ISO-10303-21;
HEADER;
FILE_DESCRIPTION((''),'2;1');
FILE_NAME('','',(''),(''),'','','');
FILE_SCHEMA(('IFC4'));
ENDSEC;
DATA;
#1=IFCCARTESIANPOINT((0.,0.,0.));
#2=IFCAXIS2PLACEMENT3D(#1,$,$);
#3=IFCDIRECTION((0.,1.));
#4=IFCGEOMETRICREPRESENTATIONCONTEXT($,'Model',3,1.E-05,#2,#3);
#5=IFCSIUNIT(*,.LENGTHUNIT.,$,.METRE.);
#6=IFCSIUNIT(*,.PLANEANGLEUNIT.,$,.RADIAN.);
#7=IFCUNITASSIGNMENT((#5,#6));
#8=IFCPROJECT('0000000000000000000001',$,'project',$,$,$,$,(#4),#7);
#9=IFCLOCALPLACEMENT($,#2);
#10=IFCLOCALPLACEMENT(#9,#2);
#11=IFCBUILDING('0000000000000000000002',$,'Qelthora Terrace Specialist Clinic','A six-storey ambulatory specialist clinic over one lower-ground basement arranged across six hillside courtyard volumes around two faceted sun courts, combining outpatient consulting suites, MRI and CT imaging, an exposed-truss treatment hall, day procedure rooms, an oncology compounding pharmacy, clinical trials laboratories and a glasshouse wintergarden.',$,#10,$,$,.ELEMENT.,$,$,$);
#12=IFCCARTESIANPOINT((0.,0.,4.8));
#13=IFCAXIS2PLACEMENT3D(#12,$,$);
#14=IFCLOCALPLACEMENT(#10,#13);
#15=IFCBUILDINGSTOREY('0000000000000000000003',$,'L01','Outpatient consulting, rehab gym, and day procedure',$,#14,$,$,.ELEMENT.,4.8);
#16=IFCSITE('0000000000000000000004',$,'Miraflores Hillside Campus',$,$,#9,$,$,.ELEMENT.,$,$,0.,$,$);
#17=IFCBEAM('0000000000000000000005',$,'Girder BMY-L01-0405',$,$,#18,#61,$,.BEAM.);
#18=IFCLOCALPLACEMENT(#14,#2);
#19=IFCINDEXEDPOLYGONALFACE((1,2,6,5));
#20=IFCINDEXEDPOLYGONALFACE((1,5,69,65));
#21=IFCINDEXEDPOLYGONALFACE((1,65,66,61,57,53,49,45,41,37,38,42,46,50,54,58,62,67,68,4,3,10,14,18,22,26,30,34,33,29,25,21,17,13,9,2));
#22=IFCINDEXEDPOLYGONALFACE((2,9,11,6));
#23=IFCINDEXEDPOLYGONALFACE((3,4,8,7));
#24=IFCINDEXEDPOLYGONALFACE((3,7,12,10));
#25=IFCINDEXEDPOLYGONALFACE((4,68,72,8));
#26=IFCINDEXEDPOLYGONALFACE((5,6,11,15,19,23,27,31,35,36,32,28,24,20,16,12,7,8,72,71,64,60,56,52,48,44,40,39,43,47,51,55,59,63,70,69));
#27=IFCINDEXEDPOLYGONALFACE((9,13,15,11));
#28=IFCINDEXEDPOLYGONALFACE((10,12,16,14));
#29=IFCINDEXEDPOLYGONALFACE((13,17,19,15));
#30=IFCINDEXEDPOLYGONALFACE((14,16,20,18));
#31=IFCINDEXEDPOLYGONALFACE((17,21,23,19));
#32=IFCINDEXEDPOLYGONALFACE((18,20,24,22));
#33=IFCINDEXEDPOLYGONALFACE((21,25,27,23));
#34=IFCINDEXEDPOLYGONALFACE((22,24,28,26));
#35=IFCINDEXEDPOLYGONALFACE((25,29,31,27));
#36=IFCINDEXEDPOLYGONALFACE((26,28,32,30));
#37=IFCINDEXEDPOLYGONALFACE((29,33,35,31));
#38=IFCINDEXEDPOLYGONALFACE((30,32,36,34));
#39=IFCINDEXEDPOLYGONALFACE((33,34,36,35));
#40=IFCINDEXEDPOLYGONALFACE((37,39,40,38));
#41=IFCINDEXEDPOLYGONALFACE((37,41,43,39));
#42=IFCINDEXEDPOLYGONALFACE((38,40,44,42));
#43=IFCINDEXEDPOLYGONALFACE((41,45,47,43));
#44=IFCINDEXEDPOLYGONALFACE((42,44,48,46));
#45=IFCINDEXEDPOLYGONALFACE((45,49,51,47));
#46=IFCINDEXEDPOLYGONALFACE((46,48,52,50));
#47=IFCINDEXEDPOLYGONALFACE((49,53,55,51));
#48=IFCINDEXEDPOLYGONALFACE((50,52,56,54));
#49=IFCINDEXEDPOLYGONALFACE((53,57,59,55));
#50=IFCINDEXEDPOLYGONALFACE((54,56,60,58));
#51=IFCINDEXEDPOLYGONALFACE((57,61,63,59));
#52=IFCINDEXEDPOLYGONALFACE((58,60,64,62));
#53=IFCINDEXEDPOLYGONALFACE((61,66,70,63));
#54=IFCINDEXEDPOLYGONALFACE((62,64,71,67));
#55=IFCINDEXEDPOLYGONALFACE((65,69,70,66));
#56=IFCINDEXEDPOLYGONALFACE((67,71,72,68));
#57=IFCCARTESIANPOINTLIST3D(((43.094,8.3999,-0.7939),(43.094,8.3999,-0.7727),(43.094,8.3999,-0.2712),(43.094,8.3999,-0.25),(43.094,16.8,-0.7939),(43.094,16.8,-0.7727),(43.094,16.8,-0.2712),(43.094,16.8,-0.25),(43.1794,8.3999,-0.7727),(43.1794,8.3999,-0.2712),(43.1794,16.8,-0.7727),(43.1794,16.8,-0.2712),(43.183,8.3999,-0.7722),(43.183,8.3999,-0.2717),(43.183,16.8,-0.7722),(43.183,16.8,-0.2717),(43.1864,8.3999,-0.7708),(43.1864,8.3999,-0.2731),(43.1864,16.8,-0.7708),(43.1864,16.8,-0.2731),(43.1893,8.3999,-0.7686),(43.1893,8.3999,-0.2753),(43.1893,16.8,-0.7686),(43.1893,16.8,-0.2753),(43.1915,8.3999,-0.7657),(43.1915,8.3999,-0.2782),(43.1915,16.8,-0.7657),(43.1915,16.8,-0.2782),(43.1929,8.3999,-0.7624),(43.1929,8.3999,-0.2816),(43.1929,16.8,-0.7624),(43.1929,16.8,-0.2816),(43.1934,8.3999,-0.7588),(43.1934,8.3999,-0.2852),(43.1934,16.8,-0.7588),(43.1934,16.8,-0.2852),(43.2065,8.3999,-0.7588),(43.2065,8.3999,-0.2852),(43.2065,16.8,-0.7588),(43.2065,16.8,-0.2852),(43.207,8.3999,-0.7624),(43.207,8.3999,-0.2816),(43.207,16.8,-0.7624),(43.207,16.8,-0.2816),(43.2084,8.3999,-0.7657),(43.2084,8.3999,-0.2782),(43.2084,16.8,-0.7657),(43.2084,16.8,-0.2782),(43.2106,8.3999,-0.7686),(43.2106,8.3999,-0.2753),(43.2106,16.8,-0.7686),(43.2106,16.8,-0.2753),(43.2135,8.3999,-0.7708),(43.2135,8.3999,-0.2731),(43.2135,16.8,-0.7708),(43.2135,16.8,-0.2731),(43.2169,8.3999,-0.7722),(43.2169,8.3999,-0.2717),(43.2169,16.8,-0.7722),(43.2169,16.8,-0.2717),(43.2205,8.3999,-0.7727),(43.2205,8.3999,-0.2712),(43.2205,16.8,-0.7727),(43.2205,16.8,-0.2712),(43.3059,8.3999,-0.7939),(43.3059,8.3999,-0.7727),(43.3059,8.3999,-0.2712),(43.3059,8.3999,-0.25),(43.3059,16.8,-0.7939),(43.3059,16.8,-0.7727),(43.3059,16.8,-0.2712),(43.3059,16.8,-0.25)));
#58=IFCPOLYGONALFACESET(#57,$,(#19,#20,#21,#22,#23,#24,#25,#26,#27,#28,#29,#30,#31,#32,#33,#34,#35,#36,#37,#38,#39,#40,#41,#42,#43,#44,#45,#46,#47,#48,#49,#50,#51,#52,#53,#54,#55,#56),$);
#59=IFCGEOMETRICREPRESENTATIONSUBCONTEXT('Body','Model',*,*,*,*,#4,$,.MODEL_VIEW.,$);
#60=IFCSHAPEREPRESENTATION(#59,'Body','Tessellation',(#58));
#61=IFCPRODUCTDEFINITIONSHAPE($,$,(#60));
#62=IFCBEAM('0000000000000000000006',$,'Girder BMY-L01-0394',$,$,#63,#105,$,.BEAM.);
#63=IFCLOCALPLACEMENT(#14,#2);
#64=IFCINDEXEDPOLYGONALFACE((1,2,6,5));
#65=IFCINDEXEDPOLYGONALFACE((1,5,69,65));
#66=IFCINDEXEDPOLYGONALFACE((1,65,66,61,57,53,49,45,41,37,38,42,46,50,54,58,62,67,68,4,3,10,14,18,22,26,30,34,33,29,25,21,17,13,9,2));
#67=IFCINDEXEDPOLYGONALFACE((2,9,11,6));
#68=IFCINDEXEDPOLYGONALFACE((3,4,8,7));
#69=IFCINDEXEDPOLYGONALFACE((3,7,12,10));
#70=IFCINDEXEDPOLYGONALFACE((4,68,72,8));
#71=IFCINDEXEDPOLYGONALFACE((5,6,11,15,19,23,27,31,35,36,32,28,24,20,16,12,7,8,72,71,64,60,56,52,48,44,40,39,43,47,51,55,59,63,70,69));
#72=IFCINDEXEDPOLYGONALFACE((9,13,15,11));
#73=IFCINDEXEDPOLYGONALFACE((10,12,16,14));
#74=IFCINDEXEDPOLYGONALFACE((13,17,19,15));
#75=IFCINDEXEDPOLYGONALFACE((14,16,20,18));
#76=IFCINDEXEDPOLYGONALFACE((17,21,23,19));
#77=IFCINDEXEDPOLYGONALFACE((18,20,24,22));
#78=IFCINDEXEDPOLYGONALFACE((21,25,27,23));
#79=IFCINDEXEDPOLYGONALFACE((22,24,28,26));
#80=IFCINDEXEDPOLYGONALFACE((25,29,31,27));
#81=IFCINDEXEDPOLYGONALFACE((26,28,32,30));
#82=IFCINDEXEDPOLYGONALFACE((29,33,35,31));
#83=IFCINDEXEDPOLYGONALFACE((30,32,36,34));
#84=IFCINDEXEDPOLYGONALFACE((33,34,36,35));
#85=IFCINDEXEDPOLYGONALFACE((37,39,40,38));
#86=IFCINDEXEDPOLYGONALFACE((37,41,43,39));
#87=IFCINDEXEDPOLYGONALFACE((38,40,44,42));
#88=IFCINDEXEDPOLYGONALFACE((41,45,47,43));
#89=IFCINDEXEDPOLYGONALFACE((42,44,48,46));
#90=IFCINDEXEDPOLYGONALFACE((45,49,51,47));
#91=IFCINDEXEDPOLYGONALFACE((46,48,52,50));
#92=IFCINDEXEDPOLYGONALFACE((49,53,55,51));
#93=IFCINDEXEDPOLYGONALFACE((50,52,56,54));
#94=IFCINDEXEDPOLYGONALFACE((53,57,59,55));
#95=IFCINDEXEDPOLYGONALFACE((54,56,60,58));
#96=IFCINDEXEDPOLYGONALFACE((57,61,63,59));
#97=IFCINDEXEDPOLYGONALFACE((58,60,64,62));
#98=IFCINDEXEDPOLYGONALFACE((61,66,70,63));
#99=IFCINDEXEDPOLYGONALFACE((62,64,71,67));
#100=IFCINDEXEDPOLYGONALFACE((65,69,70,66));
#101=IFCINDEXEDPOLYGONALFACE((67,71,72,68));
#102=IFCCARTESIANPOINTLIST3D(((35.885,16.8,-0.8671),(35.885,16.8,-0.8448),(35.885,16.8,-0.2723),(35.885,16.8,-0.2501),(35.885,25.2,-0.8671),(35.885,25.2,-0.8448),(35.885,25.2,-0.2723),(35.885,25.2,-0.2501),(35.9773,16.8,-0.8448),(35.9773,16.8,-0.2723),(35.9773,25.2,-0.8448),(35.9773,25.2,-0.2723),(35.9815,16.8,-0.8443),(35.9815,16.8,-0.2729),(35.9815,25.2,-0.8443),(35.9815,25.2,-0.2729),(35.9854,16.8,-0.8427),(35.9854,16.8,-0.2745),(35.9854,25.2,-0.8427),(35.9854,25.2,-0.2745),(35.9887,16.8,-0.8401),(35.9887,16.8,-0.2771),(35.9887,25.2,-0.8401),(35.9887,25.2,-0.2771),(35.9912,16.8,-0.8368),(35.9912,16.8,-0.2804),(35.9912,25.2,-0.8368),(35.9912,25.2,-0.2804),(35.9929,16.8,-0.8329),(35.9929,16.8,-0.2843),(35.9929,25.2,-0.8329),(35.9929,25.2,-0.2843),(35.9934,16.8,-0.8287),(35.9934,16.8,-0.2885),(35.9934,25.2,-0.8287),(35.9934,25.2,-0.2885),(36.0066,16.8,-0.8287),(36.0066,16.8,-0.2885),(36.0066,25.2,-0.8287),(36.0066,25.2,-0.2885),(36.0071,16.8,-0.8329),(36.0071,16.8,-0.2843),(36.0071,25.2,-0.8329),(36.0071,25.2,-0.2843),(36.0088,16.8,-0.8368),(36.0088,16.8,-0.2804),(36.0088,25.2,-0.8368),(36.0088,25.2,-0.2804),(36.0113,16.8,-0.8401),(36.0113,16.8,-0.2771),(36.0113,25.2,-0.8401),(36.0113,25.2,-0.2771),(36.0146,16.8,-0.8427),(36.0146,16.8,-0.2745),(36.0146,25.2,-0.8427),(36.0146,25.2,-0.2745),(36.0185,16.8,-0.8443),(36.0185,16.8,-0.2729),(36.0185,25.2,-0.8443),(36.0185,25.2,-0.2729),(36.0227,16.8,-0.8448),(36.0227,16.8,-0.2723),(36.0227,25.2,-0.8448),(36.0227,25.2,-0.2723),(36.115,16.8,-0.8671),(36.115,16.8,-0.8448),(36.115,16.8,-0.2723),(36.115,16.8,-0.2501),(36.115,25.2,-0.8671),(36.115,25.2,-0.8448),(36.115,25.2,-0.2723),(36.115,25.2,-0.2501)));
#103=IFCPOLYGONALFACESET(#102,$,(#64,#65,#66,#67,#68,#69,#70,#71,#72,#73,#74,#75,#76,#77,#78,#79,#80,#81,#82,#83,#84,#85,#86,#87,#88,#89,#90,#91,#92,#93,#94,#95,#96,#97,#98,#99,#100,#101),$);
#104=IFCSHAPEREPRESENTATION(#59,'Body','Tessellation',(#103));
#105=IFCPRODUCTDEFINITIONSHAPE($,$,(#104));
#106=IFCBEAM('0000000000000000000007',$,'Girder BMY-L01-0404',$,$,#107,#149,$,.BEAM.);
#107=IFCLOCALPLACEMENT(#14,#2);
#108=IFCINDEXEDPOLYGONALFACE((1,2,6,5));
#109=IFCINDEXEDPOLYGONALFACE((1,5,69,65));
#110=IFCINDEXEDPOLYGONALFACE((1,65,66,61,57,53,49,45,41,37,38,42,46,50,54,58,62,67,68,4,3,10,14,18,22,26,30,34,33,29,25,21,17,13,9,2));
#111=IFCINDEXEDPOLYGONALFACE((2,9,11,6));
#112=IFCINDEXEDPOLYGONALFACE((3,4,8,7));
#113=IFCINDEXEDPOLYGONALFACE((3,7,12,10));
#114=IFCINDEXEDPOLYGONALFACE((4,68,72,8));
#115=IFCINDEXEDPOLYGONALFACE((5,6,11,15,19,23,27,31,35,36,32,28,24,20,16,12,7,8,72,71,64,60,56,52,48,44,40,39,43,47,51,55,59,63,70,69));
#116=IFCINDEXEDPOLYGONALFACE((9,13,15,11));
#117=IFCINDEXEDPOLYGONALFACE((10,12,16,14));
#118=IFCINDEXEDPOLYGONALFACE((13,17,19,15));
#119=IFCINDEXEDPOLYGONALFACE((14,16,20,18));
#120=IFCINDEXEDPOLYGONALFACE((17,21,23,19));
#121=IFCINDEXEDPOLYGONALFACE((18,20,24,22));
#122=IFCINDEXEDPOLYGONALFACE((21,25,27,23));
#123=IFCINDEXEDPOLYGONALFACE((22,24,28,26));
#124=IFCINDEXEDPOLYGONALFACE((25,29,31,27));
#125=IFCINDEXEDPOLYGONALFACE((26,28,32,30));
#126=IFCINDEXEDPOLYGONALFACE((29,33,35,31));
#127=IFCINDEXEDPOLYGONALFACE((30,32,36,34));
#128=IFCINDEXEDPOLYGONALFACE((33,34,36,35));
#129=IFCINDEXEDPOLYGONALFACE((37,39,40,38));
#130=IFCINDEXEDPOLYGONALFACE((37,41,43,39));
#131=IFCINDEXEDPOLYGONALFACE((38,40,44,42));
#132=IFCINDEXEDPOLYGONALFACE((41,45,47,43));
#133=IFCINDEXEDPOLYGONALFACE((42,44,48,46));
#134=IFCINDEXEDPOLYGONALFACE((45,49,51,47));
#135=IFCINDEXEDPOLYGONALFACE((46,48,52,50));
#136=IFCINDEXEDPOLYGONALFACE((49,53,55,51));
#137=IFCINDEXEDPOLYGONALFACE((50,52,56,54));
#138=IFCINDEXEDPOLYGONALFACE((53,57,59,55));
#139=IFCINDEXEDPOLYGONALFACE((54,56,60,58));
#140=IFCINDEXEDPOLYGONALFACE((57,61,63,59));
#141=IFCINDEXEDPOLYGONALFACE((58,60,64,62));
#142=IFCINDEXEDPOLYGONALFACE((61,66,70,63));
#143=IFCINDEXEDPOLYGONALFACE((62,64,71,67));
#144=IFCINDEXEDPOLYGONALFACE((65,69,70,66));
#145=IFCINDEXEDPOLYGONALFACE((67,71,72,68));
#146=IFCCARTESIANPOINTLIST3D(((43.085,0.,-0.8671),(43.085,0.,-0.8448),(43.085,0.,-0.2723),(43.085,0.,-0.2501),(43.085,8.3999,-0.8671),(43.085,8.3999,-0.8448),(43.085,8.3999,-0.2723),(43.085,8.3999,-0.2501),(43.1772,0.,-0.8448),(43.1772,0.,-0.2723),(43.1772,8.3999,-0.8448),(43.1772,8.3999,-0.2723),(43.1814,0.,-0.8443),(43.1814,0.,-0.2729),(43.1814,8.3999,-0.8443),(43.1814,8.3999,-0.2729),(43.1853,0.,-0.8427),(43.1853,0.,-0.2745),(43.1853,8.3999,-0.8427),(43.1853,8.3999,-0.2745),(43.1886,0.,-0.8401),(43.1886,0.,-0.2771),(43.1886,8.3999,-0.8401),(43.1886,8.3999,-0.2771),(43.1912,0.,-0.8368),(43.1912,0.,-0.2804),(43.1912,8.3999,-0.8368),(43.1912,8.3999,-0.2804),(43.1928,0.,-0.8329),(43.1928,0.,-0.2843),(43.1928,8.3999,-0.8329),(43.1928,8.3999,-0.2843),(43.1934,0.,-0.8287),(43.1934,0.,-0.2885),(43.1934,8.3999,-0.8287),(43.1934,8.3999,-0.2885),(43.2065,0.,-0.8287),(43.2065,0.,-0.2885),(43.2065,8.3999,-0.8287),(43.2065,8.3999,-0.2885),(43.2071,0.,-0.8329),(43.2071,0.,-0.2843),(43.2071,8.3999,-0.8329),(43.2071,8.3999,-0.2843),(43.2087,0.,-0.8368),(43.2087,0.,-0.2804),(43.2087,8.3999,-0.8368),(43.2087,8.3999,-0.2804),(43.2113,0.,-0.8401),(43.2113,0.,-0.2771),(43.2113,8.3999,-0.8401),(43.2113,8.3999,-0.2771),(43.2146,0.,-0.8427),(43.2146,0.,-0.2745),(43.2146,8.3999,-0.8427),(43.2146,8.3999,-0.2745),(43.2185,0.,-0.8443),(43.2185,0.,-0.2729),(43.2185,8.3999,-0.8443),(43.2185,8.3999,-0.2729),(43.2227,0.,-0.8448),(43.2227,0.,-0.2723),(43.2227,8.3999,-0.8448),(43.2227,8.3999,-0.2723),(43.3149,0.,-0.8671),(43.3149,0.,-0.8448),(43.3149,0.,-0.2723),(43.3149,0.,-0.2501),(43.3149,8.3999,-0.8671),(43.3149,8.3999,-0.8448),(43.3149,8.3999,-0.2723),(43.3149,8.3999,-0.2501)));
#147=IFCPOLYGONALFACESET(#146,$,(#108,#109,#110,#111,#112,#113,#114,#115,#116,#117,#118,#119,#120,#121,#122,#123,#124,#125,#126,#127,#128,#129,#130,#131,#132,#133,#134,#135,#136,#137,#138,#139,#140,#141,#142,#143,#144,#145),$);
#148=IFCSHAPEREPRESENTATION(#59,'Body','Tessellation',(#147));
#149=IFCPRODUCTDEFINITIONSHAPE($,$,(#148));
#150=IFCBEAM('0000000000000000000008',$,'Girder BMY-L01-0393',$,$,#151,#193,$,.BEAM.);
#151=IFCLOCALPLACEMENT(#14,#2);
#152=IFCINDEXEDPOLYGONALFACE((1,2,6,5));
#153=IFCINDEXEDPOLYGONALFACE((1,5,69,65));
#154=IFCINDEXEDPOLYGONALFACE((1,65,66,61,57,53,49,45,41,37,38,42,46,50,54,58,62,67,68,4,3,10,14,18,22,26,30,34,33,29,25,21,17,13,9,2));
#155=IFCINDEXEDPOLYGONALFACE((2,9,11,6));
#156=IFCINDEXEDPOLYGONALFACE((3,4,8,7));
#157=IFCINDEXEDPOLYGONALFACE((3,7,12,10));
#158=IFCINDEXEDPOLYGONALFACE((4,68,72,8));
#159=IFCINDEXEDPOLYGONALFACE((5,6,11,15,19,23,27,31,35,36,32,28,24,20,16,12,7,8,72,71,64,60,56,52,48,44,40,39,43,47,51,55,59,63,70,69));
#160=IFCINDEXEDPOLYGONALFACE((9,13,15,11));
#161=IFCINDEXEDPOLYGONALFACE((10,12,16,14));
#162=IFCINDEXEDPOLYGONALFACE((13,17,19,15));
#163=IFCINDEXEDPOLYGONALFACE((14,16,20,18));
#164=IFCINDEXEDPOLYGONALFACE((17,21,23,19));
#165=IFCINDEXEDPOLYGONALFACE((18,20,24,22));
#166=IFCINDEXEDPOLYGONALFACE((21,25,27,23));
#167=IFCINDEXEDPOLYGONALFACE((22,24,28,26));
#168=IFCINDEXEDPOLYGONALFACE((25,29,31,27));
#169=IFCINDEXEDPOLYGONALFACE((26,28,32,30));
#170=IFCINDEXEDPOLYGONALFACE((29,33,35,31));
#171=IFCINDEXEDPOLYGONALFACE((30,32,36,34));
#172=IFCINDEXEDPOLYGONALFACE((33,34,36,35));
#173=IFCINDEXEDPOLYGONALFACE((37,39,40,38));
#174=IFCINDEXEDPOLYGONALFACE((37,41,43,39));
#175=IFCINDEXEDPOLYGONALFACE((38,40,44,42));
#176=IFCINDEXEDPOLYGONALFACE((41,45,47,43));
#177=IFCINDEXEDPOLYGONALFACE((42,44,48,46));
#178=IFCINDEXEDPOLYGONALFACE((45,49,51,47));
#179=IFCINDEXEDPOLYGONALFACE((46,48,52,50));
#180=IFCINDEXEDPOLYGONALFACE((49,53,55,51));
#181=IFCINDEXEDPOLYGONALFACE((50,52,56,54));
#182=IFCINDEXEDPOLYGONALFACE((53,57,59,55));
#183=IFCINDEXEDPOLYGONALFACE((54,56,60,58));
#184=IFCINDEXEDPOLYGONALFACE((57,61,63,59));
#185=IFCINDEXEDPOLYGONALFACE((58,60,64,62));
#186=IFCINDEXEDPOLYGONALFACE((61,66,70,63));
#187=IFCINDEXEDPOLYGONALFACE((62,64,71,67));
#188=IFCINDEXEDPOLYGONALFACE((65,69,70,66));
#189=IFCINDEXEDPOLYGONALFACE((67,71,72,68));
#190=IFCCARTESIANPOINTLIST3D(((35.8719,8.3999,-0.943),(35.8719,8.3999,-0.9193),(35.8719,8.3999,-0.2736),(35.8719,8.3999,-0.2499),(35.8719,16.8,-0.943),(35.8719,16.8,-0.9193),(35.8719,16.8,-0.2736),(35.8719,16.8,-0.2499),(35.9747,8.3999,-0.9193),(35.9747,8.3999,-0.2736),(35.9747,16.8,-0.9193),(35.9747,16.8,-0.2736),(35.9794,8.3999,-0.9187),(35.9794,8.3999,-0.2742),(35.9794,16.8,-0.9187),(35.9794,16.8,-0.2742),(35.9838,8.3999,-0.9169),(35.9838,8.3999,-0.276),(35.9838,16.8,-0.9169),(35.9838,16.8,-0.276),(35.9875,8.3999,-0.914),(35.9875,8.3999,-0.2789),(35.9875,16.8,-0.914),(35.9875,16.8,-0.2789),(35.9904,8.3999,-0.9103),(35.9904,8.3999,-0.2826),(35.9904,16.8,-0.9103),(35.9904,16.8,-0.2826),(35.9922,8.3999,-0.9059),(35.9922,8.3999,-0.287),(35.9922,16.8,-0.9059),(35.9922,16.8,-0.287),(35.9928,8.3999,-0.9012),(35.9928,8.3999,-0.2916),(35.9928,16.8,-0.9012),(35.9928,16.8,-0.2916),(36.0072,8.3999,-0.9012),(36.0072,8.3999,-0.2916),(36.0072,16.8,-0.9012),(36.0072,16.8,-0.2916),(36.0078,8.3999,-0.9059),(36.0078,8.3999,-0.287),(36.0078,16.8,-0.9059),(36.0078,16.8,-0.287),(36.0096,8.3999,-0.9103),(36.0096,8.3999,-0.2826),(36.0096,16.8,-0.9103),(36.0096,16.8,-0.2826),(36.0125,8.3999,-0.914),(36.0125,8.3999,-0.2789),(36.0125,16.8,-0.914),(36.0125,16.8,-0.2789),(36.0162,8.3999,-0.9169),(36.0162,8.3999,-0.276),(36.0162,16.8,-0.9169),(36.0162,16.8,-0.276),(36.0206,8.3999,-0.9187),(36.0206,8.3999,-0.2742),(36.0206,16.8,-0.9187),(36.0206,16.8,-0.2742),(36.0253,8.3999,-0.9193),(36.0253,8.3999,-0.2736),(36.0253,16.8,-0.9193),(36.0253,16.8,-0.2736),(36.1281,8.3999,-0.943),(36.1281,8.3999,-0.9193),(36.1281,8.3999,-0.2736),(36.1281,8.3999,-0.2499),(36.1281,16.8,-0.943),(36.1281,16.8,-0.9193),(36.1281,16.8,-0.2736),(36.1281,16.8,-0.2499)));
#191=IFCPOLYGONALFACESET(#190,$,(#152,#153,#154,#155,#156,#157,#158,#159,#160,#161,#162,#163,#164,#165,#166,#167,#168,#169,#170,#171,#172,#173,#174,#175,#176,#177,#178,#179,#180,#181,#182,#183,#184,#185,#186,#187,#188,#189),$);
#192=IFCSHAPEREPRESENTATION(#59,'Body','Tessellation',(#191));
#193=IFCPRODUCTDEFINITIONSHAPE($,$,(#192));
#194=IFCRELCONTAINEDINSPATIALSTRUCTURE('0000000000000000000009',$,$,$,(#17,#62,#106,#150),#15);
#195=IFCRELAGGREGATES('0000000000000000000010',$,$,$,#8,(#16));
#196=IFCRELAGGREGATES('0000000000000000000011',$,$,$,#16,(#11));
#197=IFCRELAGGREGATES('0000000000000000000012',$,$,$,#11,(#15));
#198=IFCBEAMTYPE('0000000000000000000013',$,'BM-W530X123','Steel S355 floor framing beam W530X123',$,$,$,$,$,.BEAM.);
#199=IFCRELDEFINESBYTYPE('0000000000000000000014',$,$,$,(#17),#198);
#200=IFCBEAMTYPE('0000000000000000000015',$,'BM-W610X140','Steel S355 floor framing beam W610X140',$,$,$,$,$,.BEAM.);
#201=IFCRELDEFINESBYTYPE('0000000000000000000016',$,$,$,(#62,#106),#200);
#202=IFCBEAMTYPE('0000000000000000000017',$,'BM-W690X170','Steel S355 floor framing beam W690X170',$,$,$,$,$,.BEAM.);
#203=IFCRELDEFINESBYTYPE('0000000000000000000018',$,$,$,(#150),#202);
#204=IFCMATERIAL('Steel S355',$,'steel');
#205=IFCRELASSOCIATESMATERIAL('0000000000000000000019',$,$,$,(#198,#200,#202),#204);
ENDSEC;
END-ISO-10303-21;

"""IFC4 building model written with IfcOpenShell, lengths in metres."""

from ifc_helpers import new_model, si_unit, direction, frame, origin, origin_2d, place, context, subcontext, project, spatial, i_section, extrude, material, material_profile, profile_set, type_object, element, save


model = new_model("IFC4")

# Units and contexts
model_context = context("Model", 3, precision=1e-05, world=origin(), true_north=direction((0.0, 1.0)))
body_context = subcontext(model_context, "Body", "Model", "MODEL_VIEW")
ifc_project = project(units=[si_unit("LENGTHUNIT", "METRE"), si_unit("PLANEANGLEUNIT", "RADIAN")], contexts=[model_context])

# Site, building, storey
site_placement = place(None, origin())
site = spatial("IfcSite", under=ifc_project, at=site_placement, Name="Miraflores Hillside Campus", CompositionType="ELEMENT", RefElevation=0.0)
building_placement = place(site_placement, origin())
building = spatial("IfcBuilding", under=site, at=building_placement, Name="Qelthora Terrace Specialist Clinic", Description="A six-storey ambulatory specialist clinic over one lower-ground basement arranged across six hillside courtyard volumes around two faceted sun courts, combining outpatient consulting suites, MRI and CT imaging, an exposed-truss treatment hall, day procedure rooms, an oncology compounding pharmacy, clinical trials laboratories and a glasshouse wintergarden.", CompositionType="ELEMENT")
storey_placement = place(building_placement, frame((0.0, 0.0, 4.8)))
storey = spatial("IfcBuildingStorey", under=building, at=storey_placement, Name="L01", Description="Outpatient consulting, rehab gym, and day procedure", CompositionType="ELEMENT", Elevation=4.8)

# Shared definitions
ifc_material_1 = material(Name="Steel S355", Category="steel")

# Beams
ifc_material_profile_1 = material_profile(ifc_material_1, i_section(OverallWidth=0.2119, OverallDepth=0.5439, WebThickness=0.0132, FlangeThickness=0.0212, FilletRadius=0.0139, at=origin_2d()), Name="W530X123")
ifc_profile_set_1 = profile_set([ifc_material_profile_1], Name="Steel S355")
beam_type_1 = type_object("IfcBeamType", Name="BM-W530X123", Description="Steel S355 floor framing beam W530X123", PredefinedType="BEAM", material=ifc_profile_set_1)
beam_1_placement = place(storey_placement, frame((43.2, 8.3999, -0.522), z_axis=(0.0, 1.0, 0.0), x_axis=(-1.0, 0.0, 0.0)))
element("IfcBeam", 1, at=beam_1_placement, inside=storey, type_object=beam_type_1, Name="Girder BMY-L01-0405", PredefinedType="BEAM", context=body_context, shape_type="SweptSolid", body=[
    extrude(i_section(OverallWidth=0.2119, OverallDepth=0.5439, WebThickness=0.0132, FlangeThickness=0.0212, FilletRadius=0.0139, at=origin_2d()), origin(), (0.0, 0.0, 1.0), 8.4001),
])
ifc_material_profile_2 = material_profile(ifc_material_1, i_section(OverallWidth=0.23, OverallDepth=0.6169, WebThickness=0.0132, FlangeThickness=0.0222, FilletRadius=0.0161, at=origin_2d()), Name="W610X140")
ifc_profile_set_2 = profile_set([ifc_material_profile_2], Name="Steel S355")
beam_type_2 = type_object("IfcBeamType", Name="BM-W610X140", Description="Steel S355 floor framing beam W610X140", PredefinedType="BEAM", material=ifc_profile_set_2)
for number, where, z_axis, x_axis, name in (
    (2, (36.0, 16.8, -0.5586), (0.0, 1.0, 0.0), (-1.0, 0.0, 0.0), "Girder BMY-L01-0394"),
    (3, (43.2, 0.0, -0.5586), (0.0, 1.0, 0.0), (-1.0, 0.0, 0.0), "Girder BMY-L01-0404"),
):
    element("IfcBeam", number, at=place(storey_placement, frame(where, z_axis=z_axis, x_axis=x_axis)), inside=storey, type_object=beam_type_2, Name=name, PredefinedType="BEAM", context=body_context, shape_type="SweptSolid", body=[
        extrude(i_section(OverallWidth=0.23, OverallDepth=0.6169, WebThickness=0.0132, FlangeThickness=0.0222, FilletRadius=0.0161, at=origin_2d()), origin(), (0.0, 0.0, 1.0), 8.3999),
    ])
ifc_material_profile_3 = material_profile(ifc_material_1, i_section(OverallWidth=0.2561, OverallDepth=0.6931, WebThickness=0.0144, FlangeThickness=0.0237, FilletRadius=0.0181, at=origin_2d()), Name="W690X170")
ifc_profile_set_3 = profile_set([ifc_material_profile_3], Name="Steel S355")
beam_type_3 = type_object("IfcBeamType", Name="BM-W690X170", Description="Steel S355 floor framing beam W690X170", PredefinedType="BEAM", material=ifc_profile_set_3)
beam_2_placement = place(storey_placement, frame((36.0, 8.3999, -0.5964), z_axis=(0.0, 1.0, 0.0), x_axis=(-1.0, 0.0, 0.0)))
element("IfcBeam", 4, at=beam_2_placement, inside=storey, type_object=beam_type_3, Name="Girder BMY-L01-0393", PredefinedType="BEAM", context=body_context, shape_type="SweptSolid", body=[
    extrude(i_section(OverallWidth=0.2561, OverallDepth=0.6931, WebThickness=0.0144, FlangeThickness=0.0237, FilletRadius=0.0181, at=origin_2d()), origin(), (0.0, 0.0, 1.0), 8.4001),
])

save(model, "model.ifc")
